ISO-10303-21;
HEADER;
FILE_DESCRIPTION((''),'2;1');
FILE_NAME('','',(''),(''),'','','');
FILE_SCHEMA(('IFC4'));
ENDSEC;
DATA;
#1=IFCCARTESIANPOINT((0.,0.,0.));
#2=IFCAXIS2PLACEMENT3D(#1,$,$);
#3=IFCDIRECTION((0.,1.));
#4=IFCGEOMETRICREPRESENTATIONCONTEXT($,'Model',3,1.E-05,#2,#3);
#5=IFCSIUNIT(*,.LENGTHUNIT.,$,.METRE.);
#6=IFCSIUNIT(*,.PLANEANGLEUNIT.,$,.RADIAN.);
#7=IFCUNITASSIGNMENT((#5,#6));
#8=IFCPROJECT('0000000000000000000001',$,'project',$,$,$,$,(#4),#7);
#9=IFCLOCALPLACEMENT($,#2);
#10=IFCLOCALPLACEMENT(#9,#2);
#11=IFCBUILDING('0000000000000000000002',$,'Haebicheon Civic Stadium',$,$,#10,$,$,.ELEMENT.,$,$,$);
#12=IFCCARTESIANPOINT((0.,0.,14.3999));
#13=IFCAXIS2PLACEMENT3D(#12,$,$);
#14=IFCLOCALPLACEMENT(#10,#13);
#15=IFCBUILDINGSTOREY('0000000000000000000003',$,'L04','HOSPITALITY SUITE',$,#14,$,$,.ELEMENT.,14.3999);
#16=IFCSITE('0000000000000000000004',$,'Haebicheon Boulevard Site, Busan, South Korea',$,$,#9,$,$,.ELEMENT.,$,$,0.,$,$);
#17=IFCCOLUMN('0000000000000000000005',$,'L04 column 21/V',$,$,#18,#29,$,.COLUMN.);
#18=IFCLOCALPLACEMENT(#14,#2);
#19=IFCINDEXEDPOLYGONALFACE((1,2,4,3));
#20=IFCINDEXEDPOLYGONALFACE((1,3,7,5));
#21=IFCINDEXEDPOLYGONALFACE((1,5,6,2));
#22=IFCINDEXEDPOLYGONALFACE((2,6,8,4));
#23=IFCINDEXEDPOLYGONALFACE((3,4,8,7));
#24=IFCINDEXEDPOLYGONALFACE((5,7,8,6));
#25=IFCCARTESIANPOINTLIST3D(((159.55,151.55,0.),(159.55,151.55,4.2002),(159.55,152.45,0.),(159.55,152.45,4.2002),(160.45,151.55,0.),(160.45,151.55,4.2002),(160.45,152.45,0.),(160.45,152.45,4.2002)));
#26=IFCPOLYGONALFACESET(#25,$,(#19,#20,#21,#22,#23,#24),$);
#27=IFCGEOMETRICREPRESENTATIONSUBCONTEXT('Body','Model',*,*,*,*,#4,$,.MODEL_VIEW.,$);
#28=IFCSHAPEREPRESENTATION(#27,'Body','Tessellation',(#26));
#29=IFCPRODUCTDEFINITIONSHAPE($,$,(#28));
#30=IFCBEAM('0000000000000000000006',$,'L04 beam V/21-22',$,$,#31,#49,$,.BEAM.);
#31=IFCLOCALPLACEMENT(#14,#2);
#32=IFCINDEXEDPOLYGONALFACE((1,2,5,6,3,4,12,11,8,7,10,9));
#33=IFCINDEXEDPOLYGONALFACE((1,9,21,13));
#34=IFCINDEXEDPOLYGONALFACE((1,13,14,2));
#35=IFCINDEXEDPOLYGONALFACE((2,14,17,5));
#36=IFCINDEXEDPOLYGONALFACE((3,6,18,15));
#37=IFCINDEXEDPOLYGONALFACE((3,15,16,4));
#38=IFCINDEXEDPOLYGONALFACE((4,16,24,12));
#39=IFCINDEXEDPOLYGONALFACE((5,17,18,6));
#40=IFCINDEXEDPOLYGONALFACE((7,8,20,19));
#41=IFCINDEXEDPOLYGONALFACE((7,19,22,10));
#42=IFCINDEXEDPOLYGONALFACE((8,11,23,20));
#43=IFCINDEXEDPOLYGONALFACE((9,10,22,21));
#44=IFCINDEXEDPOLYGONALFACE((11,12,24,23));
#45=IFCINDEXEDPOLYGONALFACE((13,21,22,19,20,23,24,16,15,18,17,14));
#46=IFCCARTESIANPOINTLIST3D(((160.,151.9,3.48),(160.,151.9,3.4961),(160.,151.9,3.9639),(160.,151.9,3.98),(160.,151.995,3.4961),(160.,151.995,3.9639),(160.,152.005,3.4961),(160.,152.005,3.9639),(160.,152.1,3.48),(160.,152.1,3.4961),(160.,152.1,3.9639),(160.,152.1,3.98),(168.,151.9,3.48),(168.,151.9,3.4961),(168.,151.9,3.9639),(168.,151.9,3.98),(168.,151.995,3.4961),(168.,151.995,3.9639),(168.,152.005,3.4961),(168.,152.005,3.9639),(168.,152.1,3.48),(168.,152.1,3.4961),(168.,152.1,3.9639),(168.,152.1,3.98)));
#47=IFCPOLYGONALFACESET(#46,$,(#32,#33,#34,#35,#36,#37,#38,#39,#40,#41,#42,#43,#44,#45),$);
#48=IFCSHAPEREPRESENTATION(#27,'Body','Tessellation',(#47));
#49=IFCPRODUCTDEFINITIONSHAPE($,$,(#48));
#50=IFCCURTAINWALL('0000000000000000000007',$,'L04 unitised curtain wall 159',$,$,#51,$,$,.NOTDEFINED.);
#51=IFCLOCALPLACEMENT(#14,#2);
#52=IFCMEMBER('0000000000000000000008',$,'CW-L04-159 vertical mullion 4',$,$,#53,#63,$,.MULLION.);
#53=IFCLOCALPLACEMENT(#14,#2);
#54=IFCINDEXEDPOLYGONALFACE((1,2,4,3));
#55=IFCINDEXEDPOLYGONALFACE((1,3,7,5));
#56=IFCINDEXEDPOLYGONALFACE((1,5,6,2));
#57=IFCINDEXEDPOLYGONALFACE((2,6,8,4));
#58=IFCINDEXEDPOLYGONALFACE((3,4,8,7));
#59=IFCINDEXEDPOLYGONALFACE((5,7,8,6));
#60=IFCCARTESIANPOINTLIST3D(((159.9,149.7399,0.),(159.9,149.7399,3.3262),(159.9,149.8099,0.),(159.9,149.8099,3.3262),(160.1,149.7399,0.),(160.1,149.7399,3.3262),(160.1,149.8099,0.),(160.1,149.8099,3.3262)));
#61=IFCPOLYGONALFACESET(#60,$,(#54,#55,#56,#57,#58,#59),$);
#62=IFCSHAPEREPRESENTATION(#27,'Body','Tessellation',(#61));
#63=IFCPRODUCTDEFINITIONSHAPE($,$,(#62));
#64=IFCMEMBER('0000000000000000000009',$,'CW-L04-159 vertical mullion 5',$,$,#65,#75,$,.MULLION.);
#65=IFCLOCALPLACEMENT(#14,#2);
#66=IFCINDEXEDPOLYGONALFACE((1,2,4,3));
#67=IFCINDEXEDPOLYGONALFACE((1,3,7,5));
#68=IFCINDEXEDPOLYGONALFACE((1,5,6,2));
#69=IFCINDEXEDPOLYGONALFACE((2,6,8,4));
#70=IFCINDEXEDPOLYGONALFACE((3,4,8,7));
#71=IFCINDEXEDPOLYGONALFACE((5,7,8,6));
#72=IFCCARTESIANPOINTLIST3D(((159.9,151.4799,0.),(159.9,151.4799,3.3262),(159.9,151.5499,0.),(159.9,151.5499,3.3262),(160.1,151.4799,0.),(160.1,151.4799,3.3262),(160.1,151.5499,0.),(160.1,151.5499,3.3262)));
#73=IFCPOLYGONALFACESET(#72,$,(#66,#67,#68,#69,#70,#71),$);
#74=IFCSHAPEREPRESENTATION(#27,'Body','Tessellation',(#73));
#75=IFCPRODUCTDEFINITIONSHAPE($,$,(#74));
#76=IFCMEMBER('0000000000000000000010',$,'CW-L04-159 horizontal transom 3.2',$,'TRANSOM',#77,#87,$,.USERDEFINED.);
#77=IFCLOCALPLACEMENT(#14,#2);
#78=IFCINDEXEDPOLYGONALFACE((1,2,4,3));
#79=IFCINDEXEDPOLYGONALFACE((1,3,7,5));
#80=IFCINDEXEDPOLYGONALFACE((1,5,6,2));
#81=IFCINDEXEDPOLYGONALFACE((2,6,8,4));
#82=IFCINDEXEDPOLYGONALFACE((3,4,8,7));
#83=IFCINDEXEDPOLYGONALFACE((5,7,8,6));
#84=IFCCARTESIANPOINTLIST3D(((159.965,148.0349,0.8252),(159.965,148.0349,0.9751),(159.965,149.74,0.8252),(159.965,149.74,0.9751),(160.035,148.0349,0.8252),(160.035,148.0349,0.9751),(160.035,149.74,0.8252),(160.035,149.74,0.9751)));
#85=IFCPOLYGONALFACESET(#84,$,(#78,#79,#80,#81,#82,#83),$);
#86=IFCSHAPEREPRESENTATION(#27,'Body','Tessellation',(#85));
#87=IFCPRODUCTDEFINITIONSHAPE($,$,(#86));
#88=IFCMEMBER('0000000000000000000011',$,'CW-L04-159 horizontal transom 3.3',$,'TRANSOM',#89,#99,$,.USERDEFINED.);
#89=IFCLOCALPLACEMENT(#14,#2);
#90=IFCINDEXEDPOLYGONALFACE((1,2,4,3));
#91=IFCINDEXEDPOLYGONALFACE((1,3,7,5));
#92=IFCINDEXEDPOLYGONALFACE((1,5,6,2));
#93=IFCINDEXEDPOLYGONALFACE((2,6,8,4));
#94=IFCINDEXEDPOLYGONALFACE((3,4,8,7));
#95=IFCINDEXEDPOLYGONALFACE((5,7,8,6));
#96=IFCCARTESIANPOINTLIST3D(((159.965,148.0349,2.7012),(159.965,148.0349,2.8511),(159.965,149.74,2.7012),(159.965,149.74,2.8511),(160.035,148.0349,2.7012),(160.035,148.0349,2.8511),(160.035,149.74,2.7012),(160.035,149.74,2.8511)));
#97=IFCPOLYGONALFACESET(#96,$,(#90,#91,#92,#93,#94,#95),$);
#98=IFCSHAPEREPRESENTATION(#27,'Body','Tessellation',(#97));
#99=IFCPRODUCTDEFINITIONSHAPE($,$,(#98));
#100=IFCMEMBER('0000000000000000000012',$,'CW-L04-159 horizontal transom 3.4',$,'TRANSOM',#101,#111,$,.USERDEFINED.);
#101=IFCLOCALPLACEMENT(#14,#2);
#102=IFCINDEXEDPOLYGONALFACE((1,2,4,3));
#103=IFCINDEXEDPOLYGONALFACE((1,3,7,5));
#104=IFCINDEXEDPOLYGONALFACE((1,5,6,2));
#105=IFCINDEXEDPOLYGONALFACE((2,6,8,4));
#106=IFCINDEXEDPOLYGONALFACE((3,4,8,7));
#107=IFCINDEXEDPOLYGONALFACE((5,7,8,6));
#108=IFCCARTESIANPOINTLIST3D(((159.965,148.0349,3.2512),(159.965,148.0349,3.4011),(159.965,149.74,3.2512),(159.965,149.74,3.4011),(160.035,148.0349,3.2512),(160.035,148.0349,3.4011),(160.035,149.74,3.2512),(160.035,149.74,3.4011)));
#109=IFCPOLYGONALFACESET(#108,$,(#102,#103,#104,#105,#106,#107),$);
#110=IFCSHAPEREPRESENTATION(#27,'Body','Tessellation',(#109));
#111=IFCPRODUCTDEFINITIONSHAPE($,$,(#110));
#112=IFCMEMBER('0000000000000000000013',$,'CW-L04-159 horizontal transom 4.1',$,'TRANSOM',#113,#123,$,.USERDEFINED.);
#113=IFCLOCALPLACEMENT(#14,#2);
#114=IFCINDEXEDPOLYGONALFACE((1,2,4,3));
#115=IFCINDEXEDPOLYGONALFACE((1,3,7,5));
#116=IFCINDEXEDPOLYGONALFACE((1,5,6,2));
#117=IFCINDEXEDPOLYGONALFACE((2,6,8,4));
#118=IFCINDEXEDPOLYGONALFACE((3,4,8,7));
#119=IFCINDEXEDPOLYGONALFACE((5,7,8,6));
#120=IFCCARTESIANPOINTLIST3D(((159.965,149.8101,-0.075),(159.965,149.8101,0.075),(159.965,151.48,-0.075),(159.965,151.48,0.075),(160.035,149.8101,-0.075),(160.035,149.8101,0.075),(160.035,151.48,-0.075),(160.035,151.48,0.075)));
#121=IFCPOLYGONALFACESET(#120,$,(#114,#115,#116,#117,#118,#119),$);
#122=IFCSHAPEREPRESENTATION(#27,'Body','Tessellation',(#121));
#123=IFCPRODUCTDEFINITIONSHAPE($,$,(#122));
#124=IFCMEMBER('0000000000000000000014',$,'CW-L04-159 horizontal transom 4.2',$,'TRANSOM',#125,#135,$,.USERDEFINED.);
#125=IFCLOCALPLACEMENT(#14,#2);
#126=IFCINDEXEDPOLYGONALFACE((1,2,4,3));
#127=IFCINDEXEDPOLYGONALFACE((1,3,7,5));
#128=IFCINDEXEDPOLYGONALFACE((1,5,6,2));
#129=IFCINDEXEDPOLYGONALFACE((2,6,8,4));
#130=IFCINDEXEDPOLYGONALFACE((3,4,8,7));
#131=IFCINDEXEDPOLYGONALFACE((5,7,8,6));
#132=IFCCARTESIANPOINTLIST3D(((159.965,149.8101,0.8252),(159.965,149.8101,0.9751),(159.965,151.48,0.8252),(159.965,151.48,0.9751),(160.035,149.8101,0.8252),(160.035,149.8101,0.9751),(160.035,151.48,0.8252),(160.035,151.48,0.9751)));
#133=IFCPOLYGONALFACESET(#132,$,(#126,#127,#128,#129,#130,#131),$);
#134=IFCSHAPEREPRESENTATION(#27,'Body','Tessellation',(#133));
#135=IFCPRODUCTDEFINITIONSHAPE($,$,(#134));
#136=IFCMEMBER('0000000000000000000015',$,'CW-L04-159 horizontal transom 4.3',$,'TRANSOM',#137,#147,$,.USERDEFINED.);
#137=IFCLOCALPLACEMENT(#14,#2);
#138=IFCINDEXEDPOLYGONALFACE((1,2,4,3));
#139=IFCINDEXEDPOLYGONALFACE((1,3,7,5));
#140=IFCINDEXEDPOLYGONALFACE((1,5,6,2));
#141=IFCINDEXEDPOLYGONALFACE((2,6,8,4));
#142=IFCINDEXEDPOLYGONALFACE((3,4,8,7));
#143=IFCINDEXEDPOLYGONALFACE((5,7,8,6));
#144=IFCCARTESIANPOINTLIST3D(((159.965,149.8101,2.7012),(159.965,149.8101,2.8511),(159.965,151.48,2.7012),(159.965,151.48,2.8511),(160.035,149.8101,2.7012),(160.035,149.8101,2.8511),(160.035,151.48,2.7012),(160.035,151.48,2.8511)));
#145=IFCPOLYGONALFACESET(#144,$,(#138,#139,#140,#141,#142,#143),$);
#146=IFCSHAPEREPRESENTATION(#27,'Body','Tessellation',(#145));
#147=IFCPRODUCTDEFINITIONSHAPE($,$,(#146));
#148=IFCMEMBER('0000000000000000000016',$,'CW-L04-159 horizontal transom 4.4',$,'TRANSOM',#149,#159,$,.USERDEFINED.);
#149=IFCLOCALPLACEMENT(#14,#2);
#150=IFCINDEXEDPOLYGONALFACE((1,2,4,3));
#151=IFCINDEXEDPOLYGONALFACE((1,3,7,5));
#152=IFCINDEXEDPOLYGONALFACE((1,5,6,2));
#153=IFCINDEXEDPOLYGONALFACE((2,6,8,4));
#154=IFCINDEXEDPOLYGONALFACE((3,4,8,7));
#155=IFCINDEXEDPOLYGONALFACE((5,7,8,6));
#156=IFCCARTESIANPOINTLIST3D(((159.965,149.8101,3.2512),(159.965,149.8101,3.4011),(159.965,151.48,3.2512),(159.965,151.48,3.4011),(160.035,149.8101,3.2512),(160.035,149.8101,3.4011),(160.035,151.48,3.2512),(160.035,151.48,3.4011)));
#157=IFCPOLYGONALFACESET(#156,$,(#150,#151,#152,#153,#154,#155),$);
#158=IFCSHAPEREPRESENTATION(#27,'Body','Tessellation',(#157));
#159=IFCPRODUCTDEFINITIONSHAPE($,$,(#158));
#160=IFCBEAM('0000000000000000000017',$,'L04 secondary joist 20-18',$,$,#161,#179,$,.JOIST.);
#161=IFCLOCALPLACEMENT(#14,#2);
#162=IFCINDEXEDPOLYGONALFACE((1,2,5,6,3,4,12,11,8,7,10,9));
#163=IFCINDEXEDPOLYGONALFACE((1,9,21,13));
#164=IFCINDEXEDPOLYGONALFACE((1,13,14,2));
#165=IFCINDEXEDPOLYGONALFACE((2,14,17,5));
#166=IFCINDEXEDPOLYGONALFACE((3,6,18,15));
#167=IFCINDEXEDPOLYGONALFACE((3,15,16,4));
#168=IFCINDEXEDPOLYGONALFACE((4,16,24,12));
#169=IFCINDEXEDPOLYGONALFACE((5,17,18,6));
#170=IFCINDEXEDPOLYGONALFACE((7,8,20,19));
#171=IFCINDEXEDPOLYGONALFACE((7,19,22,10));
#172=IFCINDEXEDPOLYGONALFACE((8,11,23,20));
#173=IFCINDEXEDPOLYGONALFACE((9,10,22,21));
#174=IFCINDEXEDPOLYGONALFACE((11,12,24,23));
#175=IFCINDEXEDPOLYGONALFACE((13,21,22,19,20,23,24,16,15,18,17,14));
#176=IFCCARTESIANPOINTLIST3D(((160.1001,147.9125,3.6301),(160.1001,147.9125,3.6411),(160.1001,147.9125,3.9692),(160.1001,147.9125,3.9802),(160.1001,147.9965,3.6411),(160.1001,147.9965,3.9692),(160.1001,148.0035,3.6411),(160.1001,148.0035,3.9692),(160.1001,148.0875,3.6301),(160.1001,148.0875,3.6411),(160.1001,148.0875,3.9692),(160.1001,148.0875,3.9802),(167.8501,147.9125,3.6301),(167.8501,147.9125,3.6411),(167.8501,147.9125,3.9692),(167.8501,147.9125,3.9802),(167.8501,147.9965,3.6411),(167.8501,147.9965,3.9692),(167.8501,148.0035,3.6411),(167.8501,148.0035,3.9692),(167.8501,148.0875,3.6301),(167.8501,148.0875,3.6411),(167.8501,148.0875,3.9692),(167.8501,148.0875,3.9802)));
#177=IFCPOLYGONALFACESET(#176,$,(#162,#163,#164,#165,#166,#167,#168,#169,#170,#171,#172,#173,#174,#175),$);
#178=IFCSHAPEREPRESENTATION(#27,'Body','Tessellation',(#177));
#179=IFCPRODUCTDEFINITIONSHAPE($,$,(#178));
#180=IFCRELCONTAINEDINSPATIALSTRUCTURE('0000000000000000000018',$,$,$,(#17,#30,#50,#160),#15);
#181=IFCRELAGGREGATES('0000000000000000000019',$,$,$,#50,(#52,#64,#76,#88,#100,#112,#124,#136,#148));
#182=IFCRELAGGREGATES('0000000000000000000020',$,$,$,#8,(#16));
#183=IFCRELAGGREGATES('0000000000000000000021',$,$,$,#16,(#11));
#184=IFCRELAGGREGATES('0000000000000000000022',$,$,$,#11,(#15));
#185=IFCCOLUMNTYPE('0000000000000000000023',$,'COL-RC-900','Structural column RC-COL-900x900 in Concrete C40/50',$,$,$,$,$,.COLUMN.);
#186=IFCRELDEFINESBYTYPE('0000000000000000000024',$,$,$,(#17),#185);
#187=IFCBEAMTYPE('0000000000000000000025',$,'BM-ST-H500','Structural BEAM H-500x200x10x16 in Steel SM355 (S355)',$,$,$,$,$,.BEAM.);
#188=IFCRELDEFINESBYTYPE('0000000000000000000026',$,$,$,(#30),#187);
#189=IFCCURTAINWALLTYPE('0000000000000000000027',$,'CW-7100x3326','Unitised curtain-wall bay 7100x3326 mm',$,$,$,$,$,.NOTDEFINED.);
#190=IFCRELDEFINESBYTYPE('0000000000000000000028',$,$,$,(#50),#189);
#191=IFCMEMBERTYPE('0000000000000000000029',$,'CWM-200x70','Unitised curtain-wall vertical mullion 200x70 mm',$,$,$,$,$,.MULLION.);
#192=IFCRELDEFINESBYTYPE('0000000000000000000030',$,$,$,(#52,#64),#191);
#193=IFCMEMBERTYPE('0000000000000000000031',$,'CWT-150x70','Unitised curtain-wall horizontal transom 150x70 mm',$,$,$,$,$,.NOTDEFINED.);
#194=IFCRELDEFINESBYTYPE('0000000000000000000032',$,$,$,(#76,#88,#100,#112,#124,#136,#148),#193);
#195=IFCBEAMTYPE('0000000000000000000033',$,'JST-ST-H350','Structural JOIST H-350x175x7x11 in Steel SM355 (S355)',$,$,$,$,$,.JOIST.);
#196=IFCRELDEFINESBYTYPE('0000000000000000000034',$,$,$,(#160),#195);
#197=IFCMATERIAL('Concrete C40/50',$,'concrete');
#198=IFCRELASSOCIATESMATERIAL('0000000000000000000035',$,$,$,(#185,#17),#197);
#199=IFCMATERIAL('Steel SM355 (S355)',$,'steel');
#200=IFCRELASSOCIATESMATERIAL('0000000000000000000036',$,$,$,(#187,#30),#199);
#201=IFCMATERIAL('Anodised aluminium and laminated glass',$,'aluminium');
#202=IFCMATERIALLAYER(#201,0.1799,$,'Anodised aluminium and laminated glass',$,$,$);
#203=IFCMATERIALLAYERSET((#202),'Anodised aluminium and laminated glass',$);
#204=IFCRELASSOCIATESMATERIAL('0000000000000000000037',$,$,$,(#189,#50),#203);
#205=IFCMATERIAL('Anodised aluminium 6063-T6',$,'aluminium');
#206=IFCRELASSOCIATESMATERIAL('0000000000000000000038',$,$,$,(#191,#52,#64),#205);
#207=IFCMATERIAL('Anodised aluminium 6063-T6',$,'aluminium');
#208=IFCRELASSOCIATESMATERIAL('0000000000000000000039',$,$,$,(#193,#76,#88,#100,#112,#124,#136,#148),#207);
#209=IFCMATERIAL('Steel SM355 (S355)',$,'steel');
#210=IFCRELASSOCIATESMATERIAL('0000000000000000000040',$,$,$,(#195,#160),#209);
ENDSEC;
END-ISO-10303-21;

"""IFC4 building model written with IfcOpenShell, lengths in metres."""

from ifc_helpers import new_model, si_unit, direction, frame, origin, origin_2d, place, context, subcontext, project, spatial, rectangle, i_section, extrude, material, layer, layer_set, material_profile, profile_set, type_object, element, aggregate, save


model = new_model("IFC4")

# Units and contexts
model_context = context("Model", 3, precision=1e-05, world=origin(), true_north=direction((0.0, 1.0)))
body_context = subcontext(model_context, "Body", "Model", "MODEL_VIEW")
ifc_project = project(units=[si_unit("LENGTHUNIT", "METRE"), si_unit("PLANEANGLEUNIT", "RADIAN")], contexts=[model_context])

# Site, building, storey
site_placement = place(None, origin())
site = spatial("IfcSite", under=ifc_project, at=site_placement, Name="Haebicheon Boulevard Site, Busan, South Korea", CompositionType="ELEMENT", RefElevation=0.0)
building_placement = place(site_placement, origin())
building = spatial("IfcBuilding", under=site, at=building_placement, Name="Haebicheon Civic Stadium", CompositionType="ELEMENT")
storey_placement = place(building_placement, frame((0.0, 0.0, 14.3999)))
storey = spatial("IfcBuildingStorey", under=building, at=storey_placement, Name="L04", Description="HOSPITALITY SUITE", CompositionType="ELEMENT", Elevation=14.3999)

# Column
ifc_material_1 = material(Name="Concrete C40/50", Category="concrete")
ifc_material_profile_1 = material_profile(ifc_material_1, rectangle(XDim=0.8999, YDim=0.8999, at=origin_2d()), Name="RC-COL-900x900")
ifc_profile_set_1 = profile_set([ifc_material_profile_1], Name="Concrete C40/50")
column_type = type_object("IfcColumnType", Name="COL-RC-900", Description="Structural column RC-COL-900x900 in Concrete C40/50", PredefinedType="COLUMN", material=ifc_profile_set_1)
column_placement = place(storey_placement, frame((160.0, 152.0, 0.0), z_axis=(0.0, 0.0, 1.0), x_axis=(1.0, 0.0, 0.0)))
element("IfcColumn", 1, at=column_placement, inside=storey, type_object=column_type, material=ifc_profile_set_1, Name="L04 column 21/V", PredefinedType="COLUMN", context=body_context, shape_type="SweptSolid", body=[
    extrude(rectangle(XDim=0.8999, YDim=0.8999, at=origin_2d()), origin(), (0.0, 0.0, 1.0), 4.2002),
])

# Beam
ifc_material_2 = material(Name="Steel SM355 (S355)", Category="steel")
ifc_material_profile_2 = material_profile(ifc_material_2, i_section(OverallWidth=0.2, OverallDepth=0.5, WebThickness=0.01, FlangeThickness=0.0161, at=origin_2d()), Name="H-500x200x10x16")
ifc_profile_set_2 = profile_set([ifc_material_profile_2], Name="Steel SM355 (S355)")
beam_type_1 = type_object("IfcBeamType", Name="BM-ST-H500", Description="Structural BEAM H-500x200x10x16 in Steel SM355 (S355)", PredefinedType="BEAM", material=ifc_profile_set_2)
beam_1_placement = place(storey_placement, frame((160.0, 152.0, 3.73), z_axis=(1.0, 0.0, 0.0), x_axis=(0.0, 1.0, 0.0)))
element("IfcBeam", 2, at=beam_1_placement, inside=storey, type_object=beam_type_1, material=ifc_profile_set_2, Name="L04 beam V/21-22", PredefinedType="BEAM", context=body_context, shape_type="SweptSolid", body=[
    extrude(i_section(OverallWidth=0.2, OverallDepth=0.5, WebThickness=0.01, FlangeThickness=0.0161, at=origin_2d()), origin(), (0.0, 0.0, 1.0), 8.0),
])

# Curtain wall, members
ifc_material_3 = material(Name="Anodised aluminium and laminated glass", Category="aluminium")
ifc_layer_1 = layer(ifc_material_3, 0.1799, Name="Anodised aluminium and laminated glass")
ifc_layer_set_1 = layer_set([ifc_layer_1], Name="Anodised aluminium and laminated glass")
curtain_wall_type = type_object("IfcCurtainWallType", Name="CW-7100x3326", Description="Unitised curtain-wall bay 7100x3326 mm", PredefinedType="NOTDEFINED", material=ifc_layer_set_1)
curtain_wall_placement = place(storey_placement, origin())
curtain_wall = element("IfcCurtainWall", 3, at=curtain_wall_placement, inside=storey, type_object=curtain_wall_type, material=ifc_layer_set_1, Name="L04 unitised curtain wall 159", PredefinedType="NOTDEFINED")
ifc_material_4 = material(Name="Anodised aluminium 6063-T6", Category="aluminium")
ifc_material_profile_3 = material_profile(ifc_material_4, rectangle(XDim=0.0701, YDim=0.2, at=origin_2d()), Name="ALU-MULL-70x200")
ifc_profile_set_3 = profile_set([ifc_material_profile_3], Name="Anodised aluminium 6063-T6")
member_type_1 = type_object("IfcMemberType", Name="CWM-200x70", Description="Unitised curtain-wall vertical mullion 200x70 mm", PredefinedType="MULLION", material=ifc_profile_set_3)
member_1_placement = place(storey_placement, frame((160.0, 149.7749, 0.0), z_axis=(0.0, 0.0, 1.0), x_axis=(0.0, 1.0, 0.0)))
member_1 = element("IfcMember", 4, at=member_1_placement, type_object=member_type_1, material=ifc_profile_set_3, Name="CW-L04-159 vertical mullion 4", PredefinedType="MULLION", context=body_context, shape_type="SweptSolid", body=[
    extrude(rectangle(XDim=0.0701, YDim=0.2, at=origin_2d()), origin(), (0.0, 0.0, 1.0), 3.3262),
])
member_2_placement = place(storey_placement, frame((160.0, 151.5149, 0.0), z_axis=(0.0, 0.0, 1.0), x_axis=(0.0, 1.0, 0.0)))
member_2 = element("IfcMember", 5, at=member_2_placement, type_object=member_type_1, material=ifc_profile_set_3, Name="CW-L04-159 vertical mullion 5", PredefinedType="MULLION", context=body_context, shape_type="SweptSolid", body=[
    extrude(rectangle(XDim=0.0701, YDim=0.2, at=origin_2d()), origin(), (0.0, 0.0, 1.0), 3.3262),
])
ifc_material_5 = material(Name="Anodised aluminium 6063-T6", Category="aluminium")
ifc_material_profile_4 = material_profile(ifc_material_5, rectangle(XDim=0.0701, YDim=0.1499, at=origin_2d()), Name="ALU-TRAN-70x150")
ifc_profile_set_4 = profile_set([ifc_material_profile_4], Name="Anodised aluminium 6063-T6")
member_type_2 = type_object("IfcMemberType", Name="CWT-150x70", Description="Unitised curtain-wall horizontal transom 150x70 mm", PredefinedType="NOTDEFINED", material=ifc_profile_set_4)
member_3_placement = place(storey_placement, frame((160.0, 148.0349, 0.9001), z_axis=(0.0, 1.0, 0.0), x_axis=(-1.0, 0.0, 0.0)))
member_3 = element("IfcMember", 6, at=member_3_placement, type_object=member_type_2, material=ifc_profile_set_4, Name="CW-L04-159 horizontal transom 3.2", ObjectType="TRANSOM", PredefinedType="USERDEFINED", context=body_context, shape_type="SweptSolid", body=[
    extrude(rectangle(XDim=0.0701, YDim=0.1499, at=origin_2d()), origin(), (0.0, 0.0, 1.0), 1.7051),
])
member_4_placement = place(storey_placement, frame((160.0, 148.0349, 2.7761), z_axis=(0.0, 1.0, 0.0), x_axis=(-1.0, 0.0, 0.0)))
member_4 = element("IfcMember", 7, at=member_4_placement, type_object=member_type_2, material=ifc_profile_set_4, Name="CW-L04-159 horizontal transom 3.3", ObjectType="TRANSOM", PredefinedType="USERDEFINED", context=body_context, shape_type="SweptSolid", body=[
    extrude(rectangle(XDim=0.0701, YDim=0.1499, at=origin_2d()), origin(), (0.0, 0.0, 1.0), 1.7051),
])
member_5_placement = place(storey_placement, frame((160.0, 148.0349, 3.3262), z_axis=(0.0, 1.0, 0.0), x_axis=(-1.0, 0.0, 0.0)))
member_5 = element("IfcMember", 8, at=member_5_placement, type_object=member_type_2, material=ifc_profile_set_4, Name="CW-L04-159 horizontal transom 3.4", ObjectType="TRANSOM", PredefinedType="USERDEFINED", context=body_context, shape_type="SweptSolid", body=[
    extrude(rectangle(XDim=0.0701, YDim=0.1499, at=origin_2d()), origin(), (0.0, 0.0, 1.0), 1.7051),
])
member_6_placement = place(storey_placement, frame((160.0, 149.8101, 0.0), z_axis=(0.0, 1.0, 0.0), x_axis=(-1.0, 0.0, 0.0)))
member_6 = element("IfcMember", 9, at=member_6_placement, type_object=member_type_2, material=ifc_profile_set_4, Name="CW-L04-159 horizontal transom 4.1", ObjectType="TRANSOM", PredefinedType="USERDEFINED", context=body_context, shape_type="SweptSolid", body=[
    extrude(rectangle(XDim=0.0701, YDim=0.1499, at=origin_2d()), origin(), (0.0, 0.0, 1.0), 1.6699),
])
member_7_placement = place(storey_placement, frame((160.0, 149.8101, 0.9001), z_axis=(0.0, 1.0, 0.0), x_axis=(-1.0, 0.0, 0.0)))
member_7 = element("IfcMember", 10, at=member_7_placement, type_object=member_type_2, material=ifc_profile_set_4, Name="CW-L04-159 horizontal transom 4.2", ObjectType="TRANSOM", PredefinedType="USERDEFINED", context=body_context, shape_type="SweptSolid", body=[
    extrude(rectangle(XDim=0.0701, YDim=0.1499, at=origin_2d()), origin(), (0.0, 0.0, 1.0), 1.6699),
])
member_8_placement = place(storey_placement, frame((160.0, 149.8101, 2.7761), z_axis=(0.0, 1.0, 0.0), x_axis=(-1.0, 0.0, 0.0)))
member_8 = element("IfcMember", 11, at=member_8_placement, type_object=member_type_2, material=ifc_profile_set_4, Name="CW-L04-159 horizontal transom 4.3", ObjectType="TRANSOM", PredefinedType="USERDEFINED", context=body_context, shape_type="SweptSolid", body=[
    extrude(rectangle(XDim=0.0701, YDim=0.1499, at=origin_2d()), origin(), (0.0, 0.0, 1.0), 1.6699),
])
member_9_placement = place(storey_placement, frame((160.0, 149.8101, 3.3262), z_axis=(0.0, 1.0, 0.0), x_axis=(-1.0, 0.0, 0.0)))
member_9 = element("IfcMember", 12, at=member_9_placement, type_object=member_type_2, material=ifc_profile_set_4, Name="CW-L04-159 horizontal transom 4.4", ObjectType="TRANSOM", PredefinedType="USERDEFINED", context=body_context, shape_type="SweptSolid", body=[
    extrude(rectangle(XDim=0.0701, YDim=0.1499, at=origin_2d()), origin(), (0.0, 0.0, 1.0), 1.6699),
])

# Beam
ifc_material_6 = material(Name="Steel SM355 (S355)", Category="steel")
ifc_material_profile_5 = material_profile(ifc_material_6, i_section(OverallWidth=0.175, OverallDepth=0.3501, WebThickness=0.0071, FlangeThickness=0.011, at=origin_2d()), Name="H-350x175x7x11")
ifc_profile_set_5 = profile_set([ifc_material_profile_5], Name="Steel SM355 (S355)")
beam_type_2 = type_object("IfcBeamType", Name="JST-ST-H350", Description="Structural JOIST H-350x175x7x11 in Steel SM355 (S355)", PredefinedType="JOIST", material=ifc_profile_set_5)
beam_2_placement = place(storey_placement, frame((160.1001, 148.0, 3.8052), z_axis=(1.0, 0.0, 0.0), x_axis=(0.0, 1.0, 0.0)))
element("IfcBeam", 13, at=beam_2_placement, inside=storey, type_object=beam_type_2, material=ifc_profile_set_5, Name="L04 secondary joist 20-18", PredefinedType="JOIST", context=body_context, shape_type="SweptSolid", body=[
    extrude(i_section(OverallWidth=0.175, OverallDepth=0.3501, WebThickness=0.0071, FlangeThickness=0.011, at=origin_2d()), origin(), (0.0, 0.0, 1.0), 7.75),
])

aggregate(curtain_wall, [member_1, member_2, member_3, member_4, member_5, member_6, member_7, member_8, member_9])

save(model, "model.ifc")
